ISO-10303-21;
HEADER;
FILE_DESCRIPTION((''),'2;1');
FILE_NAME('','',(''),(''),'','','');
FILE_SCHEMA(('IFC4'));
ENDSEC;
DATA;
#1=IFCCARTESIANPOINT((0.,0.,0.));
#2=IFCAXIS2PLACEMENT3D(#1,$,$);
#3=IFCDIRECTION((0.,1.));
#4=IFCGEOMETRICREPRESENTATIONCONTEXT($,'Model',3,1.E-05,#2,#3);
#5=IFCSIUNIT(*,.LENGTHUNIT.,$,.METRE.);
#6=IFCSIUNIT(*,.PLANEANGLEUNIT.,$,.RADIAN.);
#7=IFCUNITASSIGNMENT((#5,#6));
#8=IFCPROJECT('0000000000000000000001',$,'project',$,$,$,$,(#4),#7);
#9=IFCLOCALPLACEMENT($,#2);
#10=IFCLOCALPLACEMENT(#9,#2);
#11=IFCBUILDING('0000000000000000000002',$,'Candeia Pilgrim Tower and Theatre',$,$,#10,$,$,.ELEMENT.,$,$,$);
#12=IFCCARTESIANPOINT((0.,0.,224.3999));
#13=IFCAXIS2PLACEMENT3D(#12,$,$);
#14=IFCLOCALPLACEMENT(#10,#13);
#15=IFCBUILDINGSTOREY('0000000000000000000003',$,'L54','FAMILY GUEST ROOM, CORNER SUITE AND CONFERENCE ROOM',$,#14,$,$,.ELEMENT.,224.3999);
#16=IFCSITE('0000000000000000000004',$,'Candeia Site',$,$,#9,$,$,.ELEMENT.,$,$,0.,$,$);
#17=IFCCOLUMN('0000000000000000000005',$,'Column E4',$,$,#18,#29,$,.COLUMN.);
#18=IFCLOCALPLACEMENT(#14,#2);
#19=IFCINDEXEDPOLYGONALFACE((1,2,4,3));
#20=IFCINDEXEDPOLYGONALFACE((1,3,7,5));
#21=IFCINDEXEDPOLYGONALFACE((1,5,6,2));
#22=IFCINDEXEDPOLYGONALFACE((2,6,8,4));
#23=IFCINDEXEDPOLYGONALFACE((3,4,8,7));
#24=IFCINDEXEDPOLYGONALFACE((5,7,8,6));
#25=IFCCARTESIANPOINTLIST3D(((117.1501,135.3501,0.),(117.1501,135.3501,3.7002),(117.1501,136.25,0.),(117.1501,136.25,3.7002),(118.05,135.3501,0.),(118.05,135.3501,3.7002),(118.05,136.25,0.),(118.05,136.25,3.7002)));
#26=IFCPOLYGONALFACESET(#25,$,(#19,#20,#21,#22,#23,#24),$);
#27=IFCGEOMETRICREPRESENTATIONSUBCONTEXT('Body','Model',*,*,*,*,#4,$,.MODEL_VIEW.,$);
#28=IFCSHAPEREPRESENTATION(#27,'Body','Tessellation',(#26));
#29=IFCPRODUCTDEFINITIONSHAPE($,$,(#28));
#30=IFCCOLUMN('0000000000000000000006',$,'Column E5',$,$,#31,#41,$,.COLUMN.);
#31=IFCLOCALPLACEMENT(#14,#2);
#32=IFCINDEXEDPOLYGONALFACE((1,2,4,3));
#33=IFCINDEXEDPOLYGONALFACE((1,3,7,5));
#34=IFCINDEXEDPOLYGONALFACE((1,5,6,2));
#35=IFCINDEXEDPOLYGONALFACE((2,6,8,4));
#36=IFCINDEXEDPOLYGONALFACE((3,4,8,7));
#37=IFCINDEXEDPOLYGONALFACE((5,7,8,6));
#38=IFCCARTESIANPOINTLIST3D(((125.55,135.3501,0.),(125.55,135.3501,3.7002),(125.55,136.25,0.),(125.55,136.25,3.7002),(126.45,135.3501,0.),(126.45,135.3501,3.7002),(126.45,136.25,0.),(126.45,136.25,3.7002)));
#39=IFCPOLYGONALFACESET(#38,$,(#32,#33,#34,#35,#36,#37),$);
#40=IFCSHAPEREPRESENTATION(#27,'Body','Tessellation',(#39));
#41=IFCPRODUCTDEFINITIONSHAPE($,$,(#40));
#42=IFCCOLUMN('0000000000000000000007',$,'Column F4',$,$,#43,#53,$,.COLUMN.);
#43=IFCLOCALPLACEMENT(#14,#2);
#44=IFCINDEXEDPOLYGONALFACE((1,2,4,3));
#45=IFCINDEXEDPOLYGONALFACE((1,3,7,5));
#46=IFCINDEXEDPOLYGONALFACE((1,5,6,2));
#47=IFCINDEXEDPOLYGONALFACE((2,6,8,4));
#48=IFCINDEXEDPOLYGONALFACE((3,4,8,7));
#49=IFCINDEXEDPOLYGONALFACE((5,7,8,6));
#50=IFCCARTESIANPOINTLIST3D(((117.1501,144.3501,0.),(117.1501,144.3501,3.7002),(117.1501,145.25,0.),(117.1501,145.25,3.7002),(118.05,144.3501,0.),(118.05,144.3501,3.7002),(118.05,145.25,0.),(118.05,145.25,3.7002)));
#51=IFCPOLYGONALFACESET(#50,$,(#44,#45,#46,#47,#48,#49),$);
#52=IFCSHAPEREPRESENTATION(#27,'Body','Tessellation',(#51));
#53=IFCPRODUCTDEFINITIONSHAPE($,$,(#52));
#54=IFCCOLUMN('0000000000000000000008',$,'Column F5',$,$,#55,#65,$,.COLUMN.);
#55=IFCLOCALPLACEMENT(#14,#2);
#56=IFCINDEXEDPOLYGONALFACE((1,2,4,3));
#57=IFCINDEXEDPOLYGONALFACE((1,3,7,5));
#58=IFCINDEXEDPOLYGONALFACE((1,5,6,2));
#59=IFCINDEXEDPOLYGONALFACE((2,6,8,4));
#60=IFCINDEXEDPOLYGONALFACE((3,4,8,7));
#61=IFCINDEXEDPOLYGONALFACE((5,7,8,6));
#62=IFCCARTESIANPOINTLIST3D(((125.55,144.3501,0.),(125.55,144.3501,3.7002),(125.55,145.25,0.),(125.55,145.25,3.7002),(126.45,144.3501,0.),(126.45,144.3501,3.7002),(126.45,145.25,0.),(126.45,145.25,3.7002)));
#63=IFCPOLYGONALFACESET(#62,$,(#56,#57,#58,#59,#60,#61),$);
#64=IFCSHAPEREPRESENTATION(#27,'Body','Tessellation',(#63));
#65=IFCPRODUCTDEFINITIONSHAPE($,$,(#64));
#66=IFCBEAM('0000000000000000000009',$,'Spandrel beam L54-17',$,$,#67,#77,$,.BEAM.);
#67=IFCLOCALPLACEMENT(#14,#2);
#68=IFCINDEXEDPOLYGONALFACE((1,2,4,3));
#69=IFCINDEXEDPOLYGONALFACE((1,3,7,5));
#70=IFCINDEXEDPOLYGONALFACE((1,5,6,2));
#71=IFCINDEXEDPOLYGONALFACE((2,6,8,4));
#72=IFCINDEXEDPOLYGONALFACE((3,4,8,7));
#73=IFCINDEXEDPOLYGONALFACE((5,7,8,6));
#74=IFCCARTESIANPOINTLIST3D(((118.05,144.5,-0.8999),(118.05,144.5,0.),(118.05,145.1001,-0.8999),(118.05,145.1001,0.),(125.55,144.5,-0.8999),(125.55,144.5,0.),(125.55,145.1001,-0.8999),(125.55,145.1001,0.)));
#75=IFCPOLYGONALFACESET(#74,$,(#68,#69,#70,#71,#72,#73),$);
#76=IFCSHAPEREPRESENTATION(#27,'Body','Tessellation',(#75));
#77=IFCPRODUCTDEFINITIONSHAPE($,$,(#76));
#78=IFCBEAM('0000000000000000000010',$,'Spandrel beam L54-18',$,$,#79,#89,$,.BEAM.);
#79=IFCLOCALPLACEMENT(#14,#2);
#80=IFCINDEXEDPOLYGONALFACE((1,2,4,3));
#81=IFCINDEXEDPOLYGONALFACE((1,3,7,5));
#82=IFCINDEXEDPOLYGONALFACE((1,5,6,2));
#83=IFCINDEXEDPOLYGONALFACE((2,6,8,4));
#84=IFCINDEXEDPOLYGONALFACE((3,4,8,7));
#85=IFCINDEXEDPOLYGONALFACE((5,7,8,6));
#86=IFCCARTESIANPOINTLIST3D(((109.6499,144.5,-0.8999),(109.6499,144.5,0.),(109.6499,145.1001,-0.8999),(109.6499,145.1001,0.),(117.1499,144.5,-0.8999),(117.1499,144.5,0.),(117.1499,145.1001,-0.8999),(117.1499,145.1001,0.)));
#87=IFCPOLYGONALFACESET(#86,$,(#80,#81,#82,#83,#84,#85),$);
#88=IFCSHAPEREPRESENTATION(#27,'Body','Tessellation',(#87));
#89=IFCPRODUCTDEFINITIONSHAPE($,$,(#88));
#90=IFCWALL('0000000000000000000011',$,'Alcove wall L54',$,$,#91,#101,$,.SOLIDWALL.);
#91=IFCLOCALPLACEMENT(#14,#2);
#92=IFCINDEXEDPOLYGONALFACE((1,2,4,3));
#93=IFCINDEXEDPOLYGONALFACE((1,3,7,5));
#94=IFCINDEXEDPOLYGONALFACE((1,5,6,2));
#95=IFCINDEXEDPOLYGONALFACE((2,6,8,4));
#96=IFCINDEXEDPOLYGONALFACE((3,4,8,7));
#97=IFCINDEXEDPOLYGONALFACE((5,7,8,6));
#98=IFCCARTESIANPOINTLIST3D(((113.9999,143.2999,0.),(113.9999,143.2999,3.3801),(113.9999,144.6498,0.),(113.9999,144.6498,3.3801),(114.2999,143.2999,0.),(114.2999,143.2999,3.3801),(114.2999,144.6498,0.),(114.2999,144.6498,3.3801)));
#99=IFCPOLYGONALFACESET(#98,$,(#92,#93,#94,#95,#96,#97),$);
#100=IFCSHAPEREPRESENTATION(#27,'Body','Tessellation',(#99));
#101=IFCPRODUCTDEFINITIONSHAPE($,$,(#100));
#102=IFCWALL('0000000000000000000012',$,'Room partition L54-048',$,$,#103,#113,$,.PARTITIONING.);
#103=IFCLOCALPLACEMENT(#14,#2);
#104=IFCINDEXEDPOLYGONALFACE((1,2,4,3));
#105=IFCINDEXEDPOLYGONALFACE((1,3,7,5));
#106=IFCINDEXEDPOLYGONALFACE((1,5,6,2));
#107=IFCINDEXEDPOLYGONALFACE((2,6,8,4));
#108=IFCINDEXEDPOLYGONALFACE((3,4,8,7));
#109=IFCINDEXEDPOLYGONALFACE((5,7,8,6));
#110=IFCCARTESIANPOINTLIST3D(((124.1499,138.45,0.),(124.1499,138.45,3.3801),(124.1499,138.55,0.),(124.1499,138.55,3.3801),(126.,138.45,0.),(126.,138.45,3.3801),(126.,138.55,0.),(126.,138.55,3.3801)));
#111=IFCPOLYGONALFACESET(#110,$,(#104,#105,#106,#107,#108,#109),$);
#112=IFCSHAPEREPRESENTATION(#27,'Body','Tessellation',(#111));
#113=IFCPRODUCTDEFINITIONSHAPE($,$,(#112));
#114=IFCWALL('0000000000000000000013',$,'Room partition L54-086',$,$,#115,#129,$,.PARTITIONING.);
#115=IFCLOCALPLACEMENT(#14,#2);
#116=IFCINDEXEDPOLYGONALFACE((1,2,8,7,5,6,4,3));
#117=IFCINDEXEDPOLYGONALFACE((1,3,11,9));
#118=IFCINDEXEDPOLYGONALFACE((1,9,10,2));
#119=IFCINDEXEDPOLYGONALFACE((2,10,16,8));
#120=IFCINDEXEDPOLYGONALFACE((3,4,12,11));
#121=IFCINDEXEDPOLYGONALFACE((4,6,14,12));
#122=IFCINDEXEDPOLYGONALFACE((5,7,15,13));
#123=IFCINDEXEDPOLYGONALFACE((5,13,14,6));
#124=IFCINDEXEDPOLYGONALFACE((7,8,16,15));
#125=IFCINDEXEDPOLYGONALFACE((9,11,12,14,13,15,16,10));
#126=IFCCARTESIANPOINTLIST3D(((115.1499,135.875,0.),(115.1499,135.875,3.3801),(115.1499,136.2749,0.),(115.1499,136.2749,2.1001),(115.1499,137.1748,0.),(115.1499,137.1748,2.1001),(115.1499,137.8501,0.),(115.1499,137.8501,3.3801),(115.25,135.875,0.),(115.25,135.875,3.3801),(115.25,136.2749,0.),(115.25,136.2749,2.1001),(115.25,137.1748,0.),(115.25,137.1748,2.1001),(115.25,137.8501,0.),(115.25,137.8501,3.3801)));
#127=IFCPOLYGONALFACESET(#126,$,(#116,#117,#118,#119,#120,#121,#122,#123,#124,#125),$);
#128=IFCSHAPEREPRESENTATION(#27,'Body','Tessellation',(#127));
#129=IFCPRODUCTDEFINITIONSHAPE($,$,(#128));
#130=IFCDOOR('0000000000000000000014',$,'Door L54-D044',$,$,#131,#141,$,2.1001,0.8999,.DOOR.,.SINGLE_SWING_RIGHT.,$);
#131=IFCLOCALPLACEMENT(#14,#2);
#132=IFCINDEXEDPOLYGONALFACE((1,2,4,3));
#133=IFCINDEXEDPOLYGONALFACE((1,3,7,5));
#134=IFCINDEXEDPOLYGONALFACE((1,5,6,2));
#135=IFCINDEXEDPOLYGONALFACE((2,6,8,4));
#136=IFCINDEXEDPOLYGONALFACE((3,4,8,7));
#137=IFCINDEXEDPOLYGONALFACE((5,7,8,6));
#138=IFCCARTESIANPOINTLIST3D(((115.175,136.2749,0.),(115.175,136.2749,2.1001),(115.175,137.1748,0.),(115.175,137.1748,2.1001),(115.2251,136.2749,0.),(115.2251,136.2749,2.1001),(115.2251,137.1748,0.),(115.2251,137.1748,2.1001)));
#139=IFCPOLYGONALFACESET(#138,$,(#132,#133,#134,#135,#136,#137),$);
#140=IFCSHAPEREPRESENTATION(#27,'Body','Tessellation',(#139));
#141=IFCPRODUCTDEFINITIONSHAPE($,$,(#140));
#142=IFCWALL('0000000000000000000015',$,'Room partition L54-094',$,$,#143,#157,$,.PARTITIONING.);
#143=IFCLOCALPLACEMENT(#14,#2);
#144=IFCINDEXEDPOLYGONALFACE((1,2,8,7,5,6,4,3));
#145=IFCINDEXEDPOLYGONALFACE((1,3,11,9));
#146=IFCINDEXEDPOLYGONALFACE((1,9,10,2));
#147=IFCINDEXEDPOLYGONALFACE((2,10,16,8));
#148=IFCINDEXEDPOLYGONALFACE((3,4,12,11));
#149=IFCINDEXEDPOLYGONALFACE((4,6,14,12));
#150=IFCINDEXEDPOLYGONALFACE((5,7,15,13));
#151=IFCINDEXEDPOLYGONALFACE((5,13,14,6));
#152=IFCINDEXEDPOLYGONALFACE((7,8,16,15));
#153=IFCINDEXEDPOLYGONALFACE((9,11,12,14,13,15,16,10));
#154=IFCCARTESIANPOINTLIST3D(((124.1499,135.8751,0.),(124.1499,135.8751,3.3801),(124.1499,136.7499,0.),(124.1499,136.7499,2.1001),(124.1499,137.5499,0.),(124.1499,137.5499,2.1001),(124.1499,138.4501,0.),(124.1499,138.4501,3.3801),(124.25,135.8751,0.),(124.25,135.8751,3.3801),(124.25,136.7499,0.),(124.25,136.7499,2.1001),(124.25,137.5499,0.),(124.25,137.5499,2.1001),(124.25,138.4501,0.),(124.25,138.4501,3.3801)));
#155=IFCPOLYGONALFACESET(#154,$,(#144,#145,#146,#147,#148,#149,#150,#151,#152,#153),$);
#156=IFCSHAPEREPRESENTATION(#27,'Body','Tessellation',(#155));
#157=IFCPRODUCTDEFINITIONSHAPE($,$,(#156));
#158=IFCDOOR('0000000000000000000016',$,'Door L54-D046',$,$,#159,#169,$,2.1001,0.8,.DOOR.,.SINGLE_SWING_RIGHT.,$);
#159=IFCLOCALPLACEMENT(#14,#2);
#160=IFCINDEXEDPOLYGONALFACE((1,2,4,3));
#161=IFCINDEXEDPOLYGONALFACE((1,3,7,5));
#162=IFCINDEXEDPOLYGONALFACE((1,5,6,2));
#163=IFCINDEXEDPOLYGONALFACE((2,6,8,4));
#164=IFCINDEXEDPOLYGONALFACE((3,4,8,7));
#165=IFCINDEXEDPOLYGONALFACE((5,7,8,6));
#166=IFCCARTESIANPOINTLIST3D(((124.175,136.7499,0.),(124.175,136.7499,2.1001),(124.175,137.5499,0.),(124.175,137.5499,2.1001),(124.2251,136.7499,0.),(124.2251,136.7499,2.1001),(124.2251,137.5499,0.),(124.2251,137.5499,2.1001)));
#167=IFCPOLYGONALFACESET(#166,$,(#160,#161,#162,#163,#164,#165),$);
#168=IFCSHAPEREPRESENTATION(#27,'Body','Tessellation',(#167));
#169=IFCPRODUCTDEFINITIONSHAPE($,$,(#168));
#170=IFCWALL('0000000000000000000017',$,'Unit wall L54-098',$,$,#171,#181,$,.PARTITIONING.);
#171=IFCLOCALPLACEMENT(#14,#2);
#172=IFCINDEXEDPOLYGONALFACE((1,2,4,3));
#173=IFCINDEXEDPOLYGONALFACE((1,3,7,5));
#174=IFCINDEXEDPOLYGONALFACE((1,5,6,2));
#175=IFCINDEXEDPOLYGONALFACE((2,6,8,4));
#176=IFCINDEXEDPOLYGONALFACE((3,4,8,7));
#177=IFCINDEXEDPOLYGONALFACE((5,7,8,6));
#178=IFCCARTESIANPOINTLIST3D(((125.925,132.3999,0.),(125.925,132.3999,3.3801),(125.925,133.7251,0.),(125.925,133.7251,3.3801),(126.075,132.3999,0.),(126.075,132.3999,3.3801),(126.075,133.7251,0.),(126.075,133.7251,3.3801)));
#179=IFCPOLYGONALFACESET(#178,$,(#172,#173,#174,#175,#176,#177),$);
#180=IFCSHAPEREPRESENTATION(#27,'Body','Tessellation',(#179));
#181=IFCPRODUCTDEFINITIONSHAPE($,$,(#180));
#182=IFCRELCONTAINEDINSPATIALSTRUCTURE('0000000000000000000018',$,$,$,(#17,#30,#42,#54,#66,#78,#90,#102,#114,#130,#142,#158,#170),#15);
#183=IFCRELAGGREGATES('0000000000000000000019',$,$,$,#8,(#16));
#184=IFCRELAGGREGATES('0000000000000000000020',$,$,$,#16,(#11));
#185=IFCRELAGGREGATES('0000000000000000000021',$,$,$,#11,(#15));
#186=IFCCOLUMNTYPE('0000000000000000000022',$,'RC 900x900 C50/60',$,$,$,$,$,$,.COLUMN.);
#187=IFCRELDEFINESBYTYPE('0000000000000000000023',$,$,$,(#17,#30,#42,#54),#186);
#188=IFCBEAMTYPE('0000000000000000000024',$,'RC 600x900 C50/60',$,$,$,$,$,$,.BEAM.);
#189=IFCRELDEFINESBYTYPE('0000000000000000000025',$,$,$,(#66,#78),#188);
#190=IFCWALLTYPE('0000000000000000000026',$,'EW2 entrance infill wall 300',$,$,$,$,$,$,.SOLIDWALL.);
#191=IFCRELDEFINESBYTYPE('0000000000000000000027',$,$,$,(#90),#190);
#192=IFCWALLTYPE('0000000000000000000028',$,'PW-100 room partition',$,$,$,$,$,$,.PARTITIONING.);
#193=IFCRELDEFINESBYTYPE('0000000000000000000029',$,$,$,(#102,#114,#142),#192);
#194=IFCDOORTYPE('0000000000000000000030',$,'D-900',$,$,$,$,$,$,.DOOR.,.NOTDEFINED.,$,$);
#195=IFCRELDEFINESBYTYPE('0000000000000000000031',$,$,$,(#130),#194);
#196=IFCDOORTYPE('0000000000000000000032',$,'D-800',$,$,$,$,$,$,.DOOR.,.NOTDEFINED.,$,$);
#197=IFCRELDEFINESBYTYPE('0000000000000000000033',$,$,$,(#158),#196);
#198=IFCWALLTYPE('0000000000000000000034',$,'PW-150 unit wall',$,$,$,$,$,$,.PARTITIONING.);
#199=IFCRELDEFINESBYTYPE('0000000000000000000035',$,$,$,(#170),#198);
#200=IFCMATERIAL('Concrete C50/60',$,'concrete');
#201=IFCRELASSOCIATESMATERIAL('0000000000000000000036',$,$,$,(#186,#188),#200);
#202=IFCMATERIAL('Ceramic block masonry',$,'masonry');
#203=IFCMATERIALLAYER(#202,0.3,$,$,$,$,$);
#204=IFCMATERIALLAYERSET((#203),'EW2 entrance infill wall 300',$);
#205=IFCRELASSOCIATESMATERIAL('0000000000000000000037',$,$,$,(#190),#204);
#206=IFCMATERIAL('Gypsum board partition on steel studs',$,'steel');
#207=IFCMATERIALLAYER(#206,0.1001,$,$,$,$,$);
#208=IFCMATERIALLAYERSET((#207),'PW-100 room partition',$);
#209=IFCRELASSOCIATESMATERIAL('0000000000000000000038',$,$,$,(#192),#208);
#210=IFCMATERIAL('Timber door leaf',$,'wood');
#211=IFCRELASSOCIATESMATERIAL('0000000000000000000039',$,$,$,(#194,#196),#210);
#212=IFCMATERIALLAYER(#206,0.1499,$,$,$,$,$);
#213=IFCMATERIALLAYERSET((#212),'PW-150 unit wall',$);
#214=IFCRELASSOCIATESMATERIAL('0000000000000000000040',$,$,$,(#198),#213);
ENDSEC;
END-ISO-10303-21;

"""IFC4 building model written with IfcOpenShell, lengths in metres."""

from ifc_helpers import new_model, si_unit, direction, frame, frame_2d, origin, origin_2d, place, context, subcontext, project, spatial, rectangle, extrude, material, layer, layer_set, material_profile, profile_set, type_object, element, fill, save


model = new_model("IFC4")

# Units and contexts
model_context = context("Model", 3, precision=1e-05, world=origin(), true_north=direction((0.0, 1.0)))
body_context = subcontext(model_context, "Body", "Model", "MODEL_VIEW")
ifc_project = project(units=[si_unit("LENGTHUNIT", "METRE"), si_unit("PLANEANGLEUNIT", "RADIAN")], contexts=[model_context])

# Site, building, storey
site_placement = place(None, origin())
site = spatial("IfcSite", under=ifc_project, at=site_placement, Name="Candeia Site", CompositionType="ELEMENT", RefElevation=0.0)
building_placement = place(site_placement, origin())
building = spatial("IfcBuilding", under=site, at=building_placement, Name="Candeia Pilgrim Tower and Theatre", CompositionType="ELEMENT")
storey_placement = place(building_placement, frame((0.0, 0.0, 224.3999)))
storey = spatial("IfcBuildingStorey", under=building, at=storey_placement, Name="L54", Description="FAMILY GUEST ROOM, CORNER SUITE AND CONFERENCE ROOM", CompositionType="ELEMENT", Elevation=224.3999)

# Columns
ifc_material_1 = material(Name="Concrete C50/60", Category="concrete")
ifc_material_profile_1 = material_profile(ifc_material_1, rectangle(XDim=0.8999, YDim=0.8999, at=origin_2d()))
ifc_profile_set_1 = profile_set([ifc_material_profile_1], Name="Concrete C50/60")
column_type = type_object("IfcColumnType", Name="RC 900x900 C50/60", PredefinedType="COLUMN", material=ifc_profile_set_1)
for number, where, z_axis, x_axis, name in (
    (1, (117.6001, 135.8, 0.0), (0.0, 0.0, 1.0), (1.0, 0.0, 0.0), "Column E4"),
    (2, (126.0, 135.8, 0.0), (0.0, 0.0, 1.0), (1.0, 0.0, 0.0), "Column E5"),
    (3, (117.6001, 144.8, 0.0), (0.0, 0.0, 1.0), (1.0, 0.0, 0.0), "Column F4"),
    (4, (126.0, 144.8, 0.0), (0.0, 0.0, 1.0), (1.0, 0.0, 0.0), "Column F5"),
):
    element("IfcColumn", number, at=place(storey_placement, frame(where, z_axis=z_axis, x_axis=x_axis)), inside=storey, type_object=column_type, Name=name, PredefinedType="COLUMN", context=body_context, shape_type="SweptSolid", body=[
        extrude(rectangle(XDim=0.8999, YDim=0.8999, at=origin_2d()), origin(), (0.0, 0.0, 1.0), 3.7002),
    ])

# Beams
ifc_material_profile_2 = material_profile(ifc_material_1, rectangle(XDim=0.6001, YDim=0.8999, at=origin_2d()))
ifc_profile_set_2 = profile_set([ifc_material_profile_2], Name="Concrete C50/60")
beam_type = type_object("IfcBeamType", Name="RC 600x900 C50/60", PredefinedType="BEAM", material=ifc_profile_set_2)
for number, where, z_axis, x_axis, name in (
    (5, (125.55, 144.8, -0.45), (-1.0, 0.0, 0.0), (0.0, -1.0, 0.0), "Spandrel beam L54-17"),
    (6, (117.1499, 144.8, -0.45), (-1.0, 0.0, 0.0), (0.0, -1.0, 0.0), "Spandrel beam L54-18"),
):
    element("IfcBeam", number, at=place(storey_placement, frame(where, z_axis=z_axis, x_axis=x_axis)), inside=storey, type_object=beam_type, Name=name, PredefinedType="BEAM", context=body_context, shape_type="SweptSolid", body=[
        extrude(rectangle(XDim=0.6001, YDim=0.8999, at=origin_2d()), origin(), (0.0, 0.0, 1.0), 7.5),
    ])

# Wall
ifc_material_2 = material(Name="Ceramic block masonry", Category="masonry")
ifc_layer_1 = layer(ifc_material_2, 0.3)
ifc_layer_set_1 = layer_set([ifc_layer_1], Name="EW2 entrance infill wall 300")
wall_type_1 = type_object("IfcWallType", Name="EW2 entrance infill wall 300", PredefinedType="SOLIDWALL", material=ifc_layer_set_1)
wall_1_placement = place(storey_placement, frame((114.1499, 143.3, 0.0), z_axis=(0.0, 0.0, 1.0), x_axis=(0.0, 1.0, 0.0)))
element("IfcWall", 7, at=wall_1_placement, inside=storey, type_object=wall_type_1, Name="Alcove wall L54", PredefinedType="SOLIDWALL", context=body_context, shape_type="SweptSolid", body=[
    extrude(rectangle(XDim=1.3499, YDim=0.3, at=frame_2d((0.6748, 0.0))), origin(), (0.0, 0.0, 1.0), 3.3801),
])

# Wall
ifc_material_3 = material(Name="Gypsum board partition on steel studs", Category="steel")
ifc_layer_2 = layer(ifc_material_3, 0.1001)
ifc_layer_set_2 = layer_set([ifc_layer_2], Name="PW-100 room partition")
wall_type_2 = type_object("IfcWallType", Name="PW-100 room partition", PredefinedType="PARTITIONING", material=ifc_layer_set_2)
wall_2_placement = place(storey_placement, frame((124.1499, 138.5, 0.0), z_axis=(0.0, 0.0, 1.0), x_axis=(1.0, 0.0, 0.0)))
element("IfcWall", 8, at=wall_2_placement, inside=storey, type_object=wall_type_2, Name="Room partition L54-048", PredefinedType="PARTITIONING", context=body_context, shape_type="SweptSolid", body=[
    extrude(rectangle(XDim=1.8501, YDim=0.1001, at=frame_2d((0.925, 0.0))), origin(), (0.0, 0.0, 1.0), 3.3801),
])

# Walls, openings, doors
wall_3_placement = place(storey_placement, frame((115.2, 135.875, 0.0), z_axis=(0.0, 0.0, 1.0), x_axis=(0.0, 1.0, 0.0)))
wall_3 = element("IfcWall", 9, at=wall_3_placement, inside=storey, type_object=wall_type_2, Name="Room partition L54-086", PredefinedType="PARTITIONING", context=body_context, shape_type="SweptSolid", body=[
    extrude(rectangle(XDim=1.9751, YDim=0.1001, at=frame_2d((0.9875, 0.0))), origin(), (0.0, 0.0, 1.0), 3.3801),
])
opening_1_placement = place(wall_3_placement, frame((0.3999, 0.0, 0.0)))
opening_1 = element("IfcOpeningElement", 10, at=opening_1_placement, cuts=wall_3, PredefinedType="OPENING", context=body_context, shape_type="SweptSolid", body=[
    extrude(rectangle(XDim=0.8999, YDim=2.1001, at=frame_2d((0.45, 1.05))), frame((0.0, 0.0601, 0.0), z_axis=(0.0, -1.0, 0.0), x_axis=(1.0, 0.0, 0.0)), (0.0, 0.0, 1.0), 0.1201),
])
ifc_material_4 = material(Name="Timber door leaf", Category="wood")
door_type_1 = type_object("IfcDoorType", Name="D-900", OperationType="NOTDEFINED", PredefinedType="DOOR", material=ifc_material_4)
door_1_placement = place(opening_1_placement, origin())
door_1 = element("IfcDoor", 11, at=door_1_placement, inside=storey, type_object=door_type_1, Name="Door L54-D044", OperationType="SINGLE_SWING_RIGHT", OverallHeight=2.1001, OverallWidth=0.8999, PredefinedType="DOOR", context=body_context, shape_type="SweptSolid", body=[
    extrude(rectangle(XDim=0.8999, YDim=2.1001, at=frame_2d((0.45, 1.05))), frame((0.0, 0.0249, 0.0), z_axis=(0.0, -1.0, 0.0), x_axis=(1.0, 0.0, 0.0)), (0.0, 0.0, 1.0), 0.05),
])
fill(opening_1, door_1)
wall_4_placement = place(storey_placement, frame((124.2, 135.875, 0.0), z_axis=(0.0, 0.0, 1.0), x_axis=(0.0, 1.0, 0.0)))
wall_4 = element("IfcWall", 12, at=wall_4_placement, inside=storey, type_object=wall_type_2, Name="Room partition L54-094", PredefinedType="PARTITIONING", context=body_context, shape_type="SweptSolid", body=[
    extrude(rectangle(XDim=2.575, YDim=0.1001, at=frame_2d((1.2876, 0.0))), origin(), (0.0, 0.0, 1.0), 3.3801),
])
opening_2_placement = place(wall_4_placement, frame((0.875, 0.0, 0.0)))
opening_2 = element("IfcOpeningElement", 13, at=opening_2_placement, cuts=wall_4, PredefinedType="OPENING", context=body_context, shape_type="SweptSolid", body=[
    extrude(rectangle(XDim=0.8, YDim=2.1001, at=frame_2d((0.3999, 1.05))), frame((0.0, 0.0601, 0.0), z_axis=(0.0, -1.0, 0.0), x_axis=(1.0, 0.0, 0.0)), (0.0, 0.0, 1.0), 0.1201),
])
door_type_2 = type_object("IfcDoorType", Name="D-800", OperationType="NOTDEFINED", PredefinedType="DOOR", material=ifc_material_4)
door_2_placement = place(opening_2_placement, origin())
door_2 = element("IfcDoor", 14, at=door_2_placement, inside=storey, type_object=door_type_2, Name="Door L54-D046", OperationType="SINGLE_SWING_RIGHT", OverallHeight=2.1001, OverallWidth=0.8, PredefinedType="DOOR", context=body_context, shape_type="SweptSolid", body=[
    extrude(rectangle(XDim=0.8, YDim=2.1001, at=frame_2d((0.3999, 1.05))), frame((0.0, 0.0249, 0.0), z_axis=(0.0, -1.0, 0.0), x_axis=(1.0, 0.0, 0.0)), (0.0, 0.0, 1.0), 0.05),
])
fill(opening_2, door_2)

# Wall
ifc_layer_3 = layer(ifc_material_3, 0.1499)
ifc_layer_set_3 = layer_set([ifc_layer_3], Name="PW-150 unit wall")
wall_type_3 = type_object("IfcWallType", Name="PW-150 unit wall", PredefinedType="PARTITIONING", material=ifc_layer_set_3)
wall_5_placement = place(storey_placement, frame((126.0, 132.3999, 0.0), z_axis=(0.0, 0.0, 1.0), x_axis=(0.0, 1.0, 0.0)))
element("IfcWall", 15, at=wall_5_placement, inside=storey, type_object=wall_type_3, Name="Unit wall L54-098", PredefinedType="PARTITIONING", context=body_context, shape_type="SweptSolid", body=[
    extrude(rectangle(XDim=1.3252, YDim=0.1499, at=frame_2d((0.6626, 0.0))), origin(), (0.0, 0.0, 1.0), 3.3801),
])

save(model, "model.ifc")
